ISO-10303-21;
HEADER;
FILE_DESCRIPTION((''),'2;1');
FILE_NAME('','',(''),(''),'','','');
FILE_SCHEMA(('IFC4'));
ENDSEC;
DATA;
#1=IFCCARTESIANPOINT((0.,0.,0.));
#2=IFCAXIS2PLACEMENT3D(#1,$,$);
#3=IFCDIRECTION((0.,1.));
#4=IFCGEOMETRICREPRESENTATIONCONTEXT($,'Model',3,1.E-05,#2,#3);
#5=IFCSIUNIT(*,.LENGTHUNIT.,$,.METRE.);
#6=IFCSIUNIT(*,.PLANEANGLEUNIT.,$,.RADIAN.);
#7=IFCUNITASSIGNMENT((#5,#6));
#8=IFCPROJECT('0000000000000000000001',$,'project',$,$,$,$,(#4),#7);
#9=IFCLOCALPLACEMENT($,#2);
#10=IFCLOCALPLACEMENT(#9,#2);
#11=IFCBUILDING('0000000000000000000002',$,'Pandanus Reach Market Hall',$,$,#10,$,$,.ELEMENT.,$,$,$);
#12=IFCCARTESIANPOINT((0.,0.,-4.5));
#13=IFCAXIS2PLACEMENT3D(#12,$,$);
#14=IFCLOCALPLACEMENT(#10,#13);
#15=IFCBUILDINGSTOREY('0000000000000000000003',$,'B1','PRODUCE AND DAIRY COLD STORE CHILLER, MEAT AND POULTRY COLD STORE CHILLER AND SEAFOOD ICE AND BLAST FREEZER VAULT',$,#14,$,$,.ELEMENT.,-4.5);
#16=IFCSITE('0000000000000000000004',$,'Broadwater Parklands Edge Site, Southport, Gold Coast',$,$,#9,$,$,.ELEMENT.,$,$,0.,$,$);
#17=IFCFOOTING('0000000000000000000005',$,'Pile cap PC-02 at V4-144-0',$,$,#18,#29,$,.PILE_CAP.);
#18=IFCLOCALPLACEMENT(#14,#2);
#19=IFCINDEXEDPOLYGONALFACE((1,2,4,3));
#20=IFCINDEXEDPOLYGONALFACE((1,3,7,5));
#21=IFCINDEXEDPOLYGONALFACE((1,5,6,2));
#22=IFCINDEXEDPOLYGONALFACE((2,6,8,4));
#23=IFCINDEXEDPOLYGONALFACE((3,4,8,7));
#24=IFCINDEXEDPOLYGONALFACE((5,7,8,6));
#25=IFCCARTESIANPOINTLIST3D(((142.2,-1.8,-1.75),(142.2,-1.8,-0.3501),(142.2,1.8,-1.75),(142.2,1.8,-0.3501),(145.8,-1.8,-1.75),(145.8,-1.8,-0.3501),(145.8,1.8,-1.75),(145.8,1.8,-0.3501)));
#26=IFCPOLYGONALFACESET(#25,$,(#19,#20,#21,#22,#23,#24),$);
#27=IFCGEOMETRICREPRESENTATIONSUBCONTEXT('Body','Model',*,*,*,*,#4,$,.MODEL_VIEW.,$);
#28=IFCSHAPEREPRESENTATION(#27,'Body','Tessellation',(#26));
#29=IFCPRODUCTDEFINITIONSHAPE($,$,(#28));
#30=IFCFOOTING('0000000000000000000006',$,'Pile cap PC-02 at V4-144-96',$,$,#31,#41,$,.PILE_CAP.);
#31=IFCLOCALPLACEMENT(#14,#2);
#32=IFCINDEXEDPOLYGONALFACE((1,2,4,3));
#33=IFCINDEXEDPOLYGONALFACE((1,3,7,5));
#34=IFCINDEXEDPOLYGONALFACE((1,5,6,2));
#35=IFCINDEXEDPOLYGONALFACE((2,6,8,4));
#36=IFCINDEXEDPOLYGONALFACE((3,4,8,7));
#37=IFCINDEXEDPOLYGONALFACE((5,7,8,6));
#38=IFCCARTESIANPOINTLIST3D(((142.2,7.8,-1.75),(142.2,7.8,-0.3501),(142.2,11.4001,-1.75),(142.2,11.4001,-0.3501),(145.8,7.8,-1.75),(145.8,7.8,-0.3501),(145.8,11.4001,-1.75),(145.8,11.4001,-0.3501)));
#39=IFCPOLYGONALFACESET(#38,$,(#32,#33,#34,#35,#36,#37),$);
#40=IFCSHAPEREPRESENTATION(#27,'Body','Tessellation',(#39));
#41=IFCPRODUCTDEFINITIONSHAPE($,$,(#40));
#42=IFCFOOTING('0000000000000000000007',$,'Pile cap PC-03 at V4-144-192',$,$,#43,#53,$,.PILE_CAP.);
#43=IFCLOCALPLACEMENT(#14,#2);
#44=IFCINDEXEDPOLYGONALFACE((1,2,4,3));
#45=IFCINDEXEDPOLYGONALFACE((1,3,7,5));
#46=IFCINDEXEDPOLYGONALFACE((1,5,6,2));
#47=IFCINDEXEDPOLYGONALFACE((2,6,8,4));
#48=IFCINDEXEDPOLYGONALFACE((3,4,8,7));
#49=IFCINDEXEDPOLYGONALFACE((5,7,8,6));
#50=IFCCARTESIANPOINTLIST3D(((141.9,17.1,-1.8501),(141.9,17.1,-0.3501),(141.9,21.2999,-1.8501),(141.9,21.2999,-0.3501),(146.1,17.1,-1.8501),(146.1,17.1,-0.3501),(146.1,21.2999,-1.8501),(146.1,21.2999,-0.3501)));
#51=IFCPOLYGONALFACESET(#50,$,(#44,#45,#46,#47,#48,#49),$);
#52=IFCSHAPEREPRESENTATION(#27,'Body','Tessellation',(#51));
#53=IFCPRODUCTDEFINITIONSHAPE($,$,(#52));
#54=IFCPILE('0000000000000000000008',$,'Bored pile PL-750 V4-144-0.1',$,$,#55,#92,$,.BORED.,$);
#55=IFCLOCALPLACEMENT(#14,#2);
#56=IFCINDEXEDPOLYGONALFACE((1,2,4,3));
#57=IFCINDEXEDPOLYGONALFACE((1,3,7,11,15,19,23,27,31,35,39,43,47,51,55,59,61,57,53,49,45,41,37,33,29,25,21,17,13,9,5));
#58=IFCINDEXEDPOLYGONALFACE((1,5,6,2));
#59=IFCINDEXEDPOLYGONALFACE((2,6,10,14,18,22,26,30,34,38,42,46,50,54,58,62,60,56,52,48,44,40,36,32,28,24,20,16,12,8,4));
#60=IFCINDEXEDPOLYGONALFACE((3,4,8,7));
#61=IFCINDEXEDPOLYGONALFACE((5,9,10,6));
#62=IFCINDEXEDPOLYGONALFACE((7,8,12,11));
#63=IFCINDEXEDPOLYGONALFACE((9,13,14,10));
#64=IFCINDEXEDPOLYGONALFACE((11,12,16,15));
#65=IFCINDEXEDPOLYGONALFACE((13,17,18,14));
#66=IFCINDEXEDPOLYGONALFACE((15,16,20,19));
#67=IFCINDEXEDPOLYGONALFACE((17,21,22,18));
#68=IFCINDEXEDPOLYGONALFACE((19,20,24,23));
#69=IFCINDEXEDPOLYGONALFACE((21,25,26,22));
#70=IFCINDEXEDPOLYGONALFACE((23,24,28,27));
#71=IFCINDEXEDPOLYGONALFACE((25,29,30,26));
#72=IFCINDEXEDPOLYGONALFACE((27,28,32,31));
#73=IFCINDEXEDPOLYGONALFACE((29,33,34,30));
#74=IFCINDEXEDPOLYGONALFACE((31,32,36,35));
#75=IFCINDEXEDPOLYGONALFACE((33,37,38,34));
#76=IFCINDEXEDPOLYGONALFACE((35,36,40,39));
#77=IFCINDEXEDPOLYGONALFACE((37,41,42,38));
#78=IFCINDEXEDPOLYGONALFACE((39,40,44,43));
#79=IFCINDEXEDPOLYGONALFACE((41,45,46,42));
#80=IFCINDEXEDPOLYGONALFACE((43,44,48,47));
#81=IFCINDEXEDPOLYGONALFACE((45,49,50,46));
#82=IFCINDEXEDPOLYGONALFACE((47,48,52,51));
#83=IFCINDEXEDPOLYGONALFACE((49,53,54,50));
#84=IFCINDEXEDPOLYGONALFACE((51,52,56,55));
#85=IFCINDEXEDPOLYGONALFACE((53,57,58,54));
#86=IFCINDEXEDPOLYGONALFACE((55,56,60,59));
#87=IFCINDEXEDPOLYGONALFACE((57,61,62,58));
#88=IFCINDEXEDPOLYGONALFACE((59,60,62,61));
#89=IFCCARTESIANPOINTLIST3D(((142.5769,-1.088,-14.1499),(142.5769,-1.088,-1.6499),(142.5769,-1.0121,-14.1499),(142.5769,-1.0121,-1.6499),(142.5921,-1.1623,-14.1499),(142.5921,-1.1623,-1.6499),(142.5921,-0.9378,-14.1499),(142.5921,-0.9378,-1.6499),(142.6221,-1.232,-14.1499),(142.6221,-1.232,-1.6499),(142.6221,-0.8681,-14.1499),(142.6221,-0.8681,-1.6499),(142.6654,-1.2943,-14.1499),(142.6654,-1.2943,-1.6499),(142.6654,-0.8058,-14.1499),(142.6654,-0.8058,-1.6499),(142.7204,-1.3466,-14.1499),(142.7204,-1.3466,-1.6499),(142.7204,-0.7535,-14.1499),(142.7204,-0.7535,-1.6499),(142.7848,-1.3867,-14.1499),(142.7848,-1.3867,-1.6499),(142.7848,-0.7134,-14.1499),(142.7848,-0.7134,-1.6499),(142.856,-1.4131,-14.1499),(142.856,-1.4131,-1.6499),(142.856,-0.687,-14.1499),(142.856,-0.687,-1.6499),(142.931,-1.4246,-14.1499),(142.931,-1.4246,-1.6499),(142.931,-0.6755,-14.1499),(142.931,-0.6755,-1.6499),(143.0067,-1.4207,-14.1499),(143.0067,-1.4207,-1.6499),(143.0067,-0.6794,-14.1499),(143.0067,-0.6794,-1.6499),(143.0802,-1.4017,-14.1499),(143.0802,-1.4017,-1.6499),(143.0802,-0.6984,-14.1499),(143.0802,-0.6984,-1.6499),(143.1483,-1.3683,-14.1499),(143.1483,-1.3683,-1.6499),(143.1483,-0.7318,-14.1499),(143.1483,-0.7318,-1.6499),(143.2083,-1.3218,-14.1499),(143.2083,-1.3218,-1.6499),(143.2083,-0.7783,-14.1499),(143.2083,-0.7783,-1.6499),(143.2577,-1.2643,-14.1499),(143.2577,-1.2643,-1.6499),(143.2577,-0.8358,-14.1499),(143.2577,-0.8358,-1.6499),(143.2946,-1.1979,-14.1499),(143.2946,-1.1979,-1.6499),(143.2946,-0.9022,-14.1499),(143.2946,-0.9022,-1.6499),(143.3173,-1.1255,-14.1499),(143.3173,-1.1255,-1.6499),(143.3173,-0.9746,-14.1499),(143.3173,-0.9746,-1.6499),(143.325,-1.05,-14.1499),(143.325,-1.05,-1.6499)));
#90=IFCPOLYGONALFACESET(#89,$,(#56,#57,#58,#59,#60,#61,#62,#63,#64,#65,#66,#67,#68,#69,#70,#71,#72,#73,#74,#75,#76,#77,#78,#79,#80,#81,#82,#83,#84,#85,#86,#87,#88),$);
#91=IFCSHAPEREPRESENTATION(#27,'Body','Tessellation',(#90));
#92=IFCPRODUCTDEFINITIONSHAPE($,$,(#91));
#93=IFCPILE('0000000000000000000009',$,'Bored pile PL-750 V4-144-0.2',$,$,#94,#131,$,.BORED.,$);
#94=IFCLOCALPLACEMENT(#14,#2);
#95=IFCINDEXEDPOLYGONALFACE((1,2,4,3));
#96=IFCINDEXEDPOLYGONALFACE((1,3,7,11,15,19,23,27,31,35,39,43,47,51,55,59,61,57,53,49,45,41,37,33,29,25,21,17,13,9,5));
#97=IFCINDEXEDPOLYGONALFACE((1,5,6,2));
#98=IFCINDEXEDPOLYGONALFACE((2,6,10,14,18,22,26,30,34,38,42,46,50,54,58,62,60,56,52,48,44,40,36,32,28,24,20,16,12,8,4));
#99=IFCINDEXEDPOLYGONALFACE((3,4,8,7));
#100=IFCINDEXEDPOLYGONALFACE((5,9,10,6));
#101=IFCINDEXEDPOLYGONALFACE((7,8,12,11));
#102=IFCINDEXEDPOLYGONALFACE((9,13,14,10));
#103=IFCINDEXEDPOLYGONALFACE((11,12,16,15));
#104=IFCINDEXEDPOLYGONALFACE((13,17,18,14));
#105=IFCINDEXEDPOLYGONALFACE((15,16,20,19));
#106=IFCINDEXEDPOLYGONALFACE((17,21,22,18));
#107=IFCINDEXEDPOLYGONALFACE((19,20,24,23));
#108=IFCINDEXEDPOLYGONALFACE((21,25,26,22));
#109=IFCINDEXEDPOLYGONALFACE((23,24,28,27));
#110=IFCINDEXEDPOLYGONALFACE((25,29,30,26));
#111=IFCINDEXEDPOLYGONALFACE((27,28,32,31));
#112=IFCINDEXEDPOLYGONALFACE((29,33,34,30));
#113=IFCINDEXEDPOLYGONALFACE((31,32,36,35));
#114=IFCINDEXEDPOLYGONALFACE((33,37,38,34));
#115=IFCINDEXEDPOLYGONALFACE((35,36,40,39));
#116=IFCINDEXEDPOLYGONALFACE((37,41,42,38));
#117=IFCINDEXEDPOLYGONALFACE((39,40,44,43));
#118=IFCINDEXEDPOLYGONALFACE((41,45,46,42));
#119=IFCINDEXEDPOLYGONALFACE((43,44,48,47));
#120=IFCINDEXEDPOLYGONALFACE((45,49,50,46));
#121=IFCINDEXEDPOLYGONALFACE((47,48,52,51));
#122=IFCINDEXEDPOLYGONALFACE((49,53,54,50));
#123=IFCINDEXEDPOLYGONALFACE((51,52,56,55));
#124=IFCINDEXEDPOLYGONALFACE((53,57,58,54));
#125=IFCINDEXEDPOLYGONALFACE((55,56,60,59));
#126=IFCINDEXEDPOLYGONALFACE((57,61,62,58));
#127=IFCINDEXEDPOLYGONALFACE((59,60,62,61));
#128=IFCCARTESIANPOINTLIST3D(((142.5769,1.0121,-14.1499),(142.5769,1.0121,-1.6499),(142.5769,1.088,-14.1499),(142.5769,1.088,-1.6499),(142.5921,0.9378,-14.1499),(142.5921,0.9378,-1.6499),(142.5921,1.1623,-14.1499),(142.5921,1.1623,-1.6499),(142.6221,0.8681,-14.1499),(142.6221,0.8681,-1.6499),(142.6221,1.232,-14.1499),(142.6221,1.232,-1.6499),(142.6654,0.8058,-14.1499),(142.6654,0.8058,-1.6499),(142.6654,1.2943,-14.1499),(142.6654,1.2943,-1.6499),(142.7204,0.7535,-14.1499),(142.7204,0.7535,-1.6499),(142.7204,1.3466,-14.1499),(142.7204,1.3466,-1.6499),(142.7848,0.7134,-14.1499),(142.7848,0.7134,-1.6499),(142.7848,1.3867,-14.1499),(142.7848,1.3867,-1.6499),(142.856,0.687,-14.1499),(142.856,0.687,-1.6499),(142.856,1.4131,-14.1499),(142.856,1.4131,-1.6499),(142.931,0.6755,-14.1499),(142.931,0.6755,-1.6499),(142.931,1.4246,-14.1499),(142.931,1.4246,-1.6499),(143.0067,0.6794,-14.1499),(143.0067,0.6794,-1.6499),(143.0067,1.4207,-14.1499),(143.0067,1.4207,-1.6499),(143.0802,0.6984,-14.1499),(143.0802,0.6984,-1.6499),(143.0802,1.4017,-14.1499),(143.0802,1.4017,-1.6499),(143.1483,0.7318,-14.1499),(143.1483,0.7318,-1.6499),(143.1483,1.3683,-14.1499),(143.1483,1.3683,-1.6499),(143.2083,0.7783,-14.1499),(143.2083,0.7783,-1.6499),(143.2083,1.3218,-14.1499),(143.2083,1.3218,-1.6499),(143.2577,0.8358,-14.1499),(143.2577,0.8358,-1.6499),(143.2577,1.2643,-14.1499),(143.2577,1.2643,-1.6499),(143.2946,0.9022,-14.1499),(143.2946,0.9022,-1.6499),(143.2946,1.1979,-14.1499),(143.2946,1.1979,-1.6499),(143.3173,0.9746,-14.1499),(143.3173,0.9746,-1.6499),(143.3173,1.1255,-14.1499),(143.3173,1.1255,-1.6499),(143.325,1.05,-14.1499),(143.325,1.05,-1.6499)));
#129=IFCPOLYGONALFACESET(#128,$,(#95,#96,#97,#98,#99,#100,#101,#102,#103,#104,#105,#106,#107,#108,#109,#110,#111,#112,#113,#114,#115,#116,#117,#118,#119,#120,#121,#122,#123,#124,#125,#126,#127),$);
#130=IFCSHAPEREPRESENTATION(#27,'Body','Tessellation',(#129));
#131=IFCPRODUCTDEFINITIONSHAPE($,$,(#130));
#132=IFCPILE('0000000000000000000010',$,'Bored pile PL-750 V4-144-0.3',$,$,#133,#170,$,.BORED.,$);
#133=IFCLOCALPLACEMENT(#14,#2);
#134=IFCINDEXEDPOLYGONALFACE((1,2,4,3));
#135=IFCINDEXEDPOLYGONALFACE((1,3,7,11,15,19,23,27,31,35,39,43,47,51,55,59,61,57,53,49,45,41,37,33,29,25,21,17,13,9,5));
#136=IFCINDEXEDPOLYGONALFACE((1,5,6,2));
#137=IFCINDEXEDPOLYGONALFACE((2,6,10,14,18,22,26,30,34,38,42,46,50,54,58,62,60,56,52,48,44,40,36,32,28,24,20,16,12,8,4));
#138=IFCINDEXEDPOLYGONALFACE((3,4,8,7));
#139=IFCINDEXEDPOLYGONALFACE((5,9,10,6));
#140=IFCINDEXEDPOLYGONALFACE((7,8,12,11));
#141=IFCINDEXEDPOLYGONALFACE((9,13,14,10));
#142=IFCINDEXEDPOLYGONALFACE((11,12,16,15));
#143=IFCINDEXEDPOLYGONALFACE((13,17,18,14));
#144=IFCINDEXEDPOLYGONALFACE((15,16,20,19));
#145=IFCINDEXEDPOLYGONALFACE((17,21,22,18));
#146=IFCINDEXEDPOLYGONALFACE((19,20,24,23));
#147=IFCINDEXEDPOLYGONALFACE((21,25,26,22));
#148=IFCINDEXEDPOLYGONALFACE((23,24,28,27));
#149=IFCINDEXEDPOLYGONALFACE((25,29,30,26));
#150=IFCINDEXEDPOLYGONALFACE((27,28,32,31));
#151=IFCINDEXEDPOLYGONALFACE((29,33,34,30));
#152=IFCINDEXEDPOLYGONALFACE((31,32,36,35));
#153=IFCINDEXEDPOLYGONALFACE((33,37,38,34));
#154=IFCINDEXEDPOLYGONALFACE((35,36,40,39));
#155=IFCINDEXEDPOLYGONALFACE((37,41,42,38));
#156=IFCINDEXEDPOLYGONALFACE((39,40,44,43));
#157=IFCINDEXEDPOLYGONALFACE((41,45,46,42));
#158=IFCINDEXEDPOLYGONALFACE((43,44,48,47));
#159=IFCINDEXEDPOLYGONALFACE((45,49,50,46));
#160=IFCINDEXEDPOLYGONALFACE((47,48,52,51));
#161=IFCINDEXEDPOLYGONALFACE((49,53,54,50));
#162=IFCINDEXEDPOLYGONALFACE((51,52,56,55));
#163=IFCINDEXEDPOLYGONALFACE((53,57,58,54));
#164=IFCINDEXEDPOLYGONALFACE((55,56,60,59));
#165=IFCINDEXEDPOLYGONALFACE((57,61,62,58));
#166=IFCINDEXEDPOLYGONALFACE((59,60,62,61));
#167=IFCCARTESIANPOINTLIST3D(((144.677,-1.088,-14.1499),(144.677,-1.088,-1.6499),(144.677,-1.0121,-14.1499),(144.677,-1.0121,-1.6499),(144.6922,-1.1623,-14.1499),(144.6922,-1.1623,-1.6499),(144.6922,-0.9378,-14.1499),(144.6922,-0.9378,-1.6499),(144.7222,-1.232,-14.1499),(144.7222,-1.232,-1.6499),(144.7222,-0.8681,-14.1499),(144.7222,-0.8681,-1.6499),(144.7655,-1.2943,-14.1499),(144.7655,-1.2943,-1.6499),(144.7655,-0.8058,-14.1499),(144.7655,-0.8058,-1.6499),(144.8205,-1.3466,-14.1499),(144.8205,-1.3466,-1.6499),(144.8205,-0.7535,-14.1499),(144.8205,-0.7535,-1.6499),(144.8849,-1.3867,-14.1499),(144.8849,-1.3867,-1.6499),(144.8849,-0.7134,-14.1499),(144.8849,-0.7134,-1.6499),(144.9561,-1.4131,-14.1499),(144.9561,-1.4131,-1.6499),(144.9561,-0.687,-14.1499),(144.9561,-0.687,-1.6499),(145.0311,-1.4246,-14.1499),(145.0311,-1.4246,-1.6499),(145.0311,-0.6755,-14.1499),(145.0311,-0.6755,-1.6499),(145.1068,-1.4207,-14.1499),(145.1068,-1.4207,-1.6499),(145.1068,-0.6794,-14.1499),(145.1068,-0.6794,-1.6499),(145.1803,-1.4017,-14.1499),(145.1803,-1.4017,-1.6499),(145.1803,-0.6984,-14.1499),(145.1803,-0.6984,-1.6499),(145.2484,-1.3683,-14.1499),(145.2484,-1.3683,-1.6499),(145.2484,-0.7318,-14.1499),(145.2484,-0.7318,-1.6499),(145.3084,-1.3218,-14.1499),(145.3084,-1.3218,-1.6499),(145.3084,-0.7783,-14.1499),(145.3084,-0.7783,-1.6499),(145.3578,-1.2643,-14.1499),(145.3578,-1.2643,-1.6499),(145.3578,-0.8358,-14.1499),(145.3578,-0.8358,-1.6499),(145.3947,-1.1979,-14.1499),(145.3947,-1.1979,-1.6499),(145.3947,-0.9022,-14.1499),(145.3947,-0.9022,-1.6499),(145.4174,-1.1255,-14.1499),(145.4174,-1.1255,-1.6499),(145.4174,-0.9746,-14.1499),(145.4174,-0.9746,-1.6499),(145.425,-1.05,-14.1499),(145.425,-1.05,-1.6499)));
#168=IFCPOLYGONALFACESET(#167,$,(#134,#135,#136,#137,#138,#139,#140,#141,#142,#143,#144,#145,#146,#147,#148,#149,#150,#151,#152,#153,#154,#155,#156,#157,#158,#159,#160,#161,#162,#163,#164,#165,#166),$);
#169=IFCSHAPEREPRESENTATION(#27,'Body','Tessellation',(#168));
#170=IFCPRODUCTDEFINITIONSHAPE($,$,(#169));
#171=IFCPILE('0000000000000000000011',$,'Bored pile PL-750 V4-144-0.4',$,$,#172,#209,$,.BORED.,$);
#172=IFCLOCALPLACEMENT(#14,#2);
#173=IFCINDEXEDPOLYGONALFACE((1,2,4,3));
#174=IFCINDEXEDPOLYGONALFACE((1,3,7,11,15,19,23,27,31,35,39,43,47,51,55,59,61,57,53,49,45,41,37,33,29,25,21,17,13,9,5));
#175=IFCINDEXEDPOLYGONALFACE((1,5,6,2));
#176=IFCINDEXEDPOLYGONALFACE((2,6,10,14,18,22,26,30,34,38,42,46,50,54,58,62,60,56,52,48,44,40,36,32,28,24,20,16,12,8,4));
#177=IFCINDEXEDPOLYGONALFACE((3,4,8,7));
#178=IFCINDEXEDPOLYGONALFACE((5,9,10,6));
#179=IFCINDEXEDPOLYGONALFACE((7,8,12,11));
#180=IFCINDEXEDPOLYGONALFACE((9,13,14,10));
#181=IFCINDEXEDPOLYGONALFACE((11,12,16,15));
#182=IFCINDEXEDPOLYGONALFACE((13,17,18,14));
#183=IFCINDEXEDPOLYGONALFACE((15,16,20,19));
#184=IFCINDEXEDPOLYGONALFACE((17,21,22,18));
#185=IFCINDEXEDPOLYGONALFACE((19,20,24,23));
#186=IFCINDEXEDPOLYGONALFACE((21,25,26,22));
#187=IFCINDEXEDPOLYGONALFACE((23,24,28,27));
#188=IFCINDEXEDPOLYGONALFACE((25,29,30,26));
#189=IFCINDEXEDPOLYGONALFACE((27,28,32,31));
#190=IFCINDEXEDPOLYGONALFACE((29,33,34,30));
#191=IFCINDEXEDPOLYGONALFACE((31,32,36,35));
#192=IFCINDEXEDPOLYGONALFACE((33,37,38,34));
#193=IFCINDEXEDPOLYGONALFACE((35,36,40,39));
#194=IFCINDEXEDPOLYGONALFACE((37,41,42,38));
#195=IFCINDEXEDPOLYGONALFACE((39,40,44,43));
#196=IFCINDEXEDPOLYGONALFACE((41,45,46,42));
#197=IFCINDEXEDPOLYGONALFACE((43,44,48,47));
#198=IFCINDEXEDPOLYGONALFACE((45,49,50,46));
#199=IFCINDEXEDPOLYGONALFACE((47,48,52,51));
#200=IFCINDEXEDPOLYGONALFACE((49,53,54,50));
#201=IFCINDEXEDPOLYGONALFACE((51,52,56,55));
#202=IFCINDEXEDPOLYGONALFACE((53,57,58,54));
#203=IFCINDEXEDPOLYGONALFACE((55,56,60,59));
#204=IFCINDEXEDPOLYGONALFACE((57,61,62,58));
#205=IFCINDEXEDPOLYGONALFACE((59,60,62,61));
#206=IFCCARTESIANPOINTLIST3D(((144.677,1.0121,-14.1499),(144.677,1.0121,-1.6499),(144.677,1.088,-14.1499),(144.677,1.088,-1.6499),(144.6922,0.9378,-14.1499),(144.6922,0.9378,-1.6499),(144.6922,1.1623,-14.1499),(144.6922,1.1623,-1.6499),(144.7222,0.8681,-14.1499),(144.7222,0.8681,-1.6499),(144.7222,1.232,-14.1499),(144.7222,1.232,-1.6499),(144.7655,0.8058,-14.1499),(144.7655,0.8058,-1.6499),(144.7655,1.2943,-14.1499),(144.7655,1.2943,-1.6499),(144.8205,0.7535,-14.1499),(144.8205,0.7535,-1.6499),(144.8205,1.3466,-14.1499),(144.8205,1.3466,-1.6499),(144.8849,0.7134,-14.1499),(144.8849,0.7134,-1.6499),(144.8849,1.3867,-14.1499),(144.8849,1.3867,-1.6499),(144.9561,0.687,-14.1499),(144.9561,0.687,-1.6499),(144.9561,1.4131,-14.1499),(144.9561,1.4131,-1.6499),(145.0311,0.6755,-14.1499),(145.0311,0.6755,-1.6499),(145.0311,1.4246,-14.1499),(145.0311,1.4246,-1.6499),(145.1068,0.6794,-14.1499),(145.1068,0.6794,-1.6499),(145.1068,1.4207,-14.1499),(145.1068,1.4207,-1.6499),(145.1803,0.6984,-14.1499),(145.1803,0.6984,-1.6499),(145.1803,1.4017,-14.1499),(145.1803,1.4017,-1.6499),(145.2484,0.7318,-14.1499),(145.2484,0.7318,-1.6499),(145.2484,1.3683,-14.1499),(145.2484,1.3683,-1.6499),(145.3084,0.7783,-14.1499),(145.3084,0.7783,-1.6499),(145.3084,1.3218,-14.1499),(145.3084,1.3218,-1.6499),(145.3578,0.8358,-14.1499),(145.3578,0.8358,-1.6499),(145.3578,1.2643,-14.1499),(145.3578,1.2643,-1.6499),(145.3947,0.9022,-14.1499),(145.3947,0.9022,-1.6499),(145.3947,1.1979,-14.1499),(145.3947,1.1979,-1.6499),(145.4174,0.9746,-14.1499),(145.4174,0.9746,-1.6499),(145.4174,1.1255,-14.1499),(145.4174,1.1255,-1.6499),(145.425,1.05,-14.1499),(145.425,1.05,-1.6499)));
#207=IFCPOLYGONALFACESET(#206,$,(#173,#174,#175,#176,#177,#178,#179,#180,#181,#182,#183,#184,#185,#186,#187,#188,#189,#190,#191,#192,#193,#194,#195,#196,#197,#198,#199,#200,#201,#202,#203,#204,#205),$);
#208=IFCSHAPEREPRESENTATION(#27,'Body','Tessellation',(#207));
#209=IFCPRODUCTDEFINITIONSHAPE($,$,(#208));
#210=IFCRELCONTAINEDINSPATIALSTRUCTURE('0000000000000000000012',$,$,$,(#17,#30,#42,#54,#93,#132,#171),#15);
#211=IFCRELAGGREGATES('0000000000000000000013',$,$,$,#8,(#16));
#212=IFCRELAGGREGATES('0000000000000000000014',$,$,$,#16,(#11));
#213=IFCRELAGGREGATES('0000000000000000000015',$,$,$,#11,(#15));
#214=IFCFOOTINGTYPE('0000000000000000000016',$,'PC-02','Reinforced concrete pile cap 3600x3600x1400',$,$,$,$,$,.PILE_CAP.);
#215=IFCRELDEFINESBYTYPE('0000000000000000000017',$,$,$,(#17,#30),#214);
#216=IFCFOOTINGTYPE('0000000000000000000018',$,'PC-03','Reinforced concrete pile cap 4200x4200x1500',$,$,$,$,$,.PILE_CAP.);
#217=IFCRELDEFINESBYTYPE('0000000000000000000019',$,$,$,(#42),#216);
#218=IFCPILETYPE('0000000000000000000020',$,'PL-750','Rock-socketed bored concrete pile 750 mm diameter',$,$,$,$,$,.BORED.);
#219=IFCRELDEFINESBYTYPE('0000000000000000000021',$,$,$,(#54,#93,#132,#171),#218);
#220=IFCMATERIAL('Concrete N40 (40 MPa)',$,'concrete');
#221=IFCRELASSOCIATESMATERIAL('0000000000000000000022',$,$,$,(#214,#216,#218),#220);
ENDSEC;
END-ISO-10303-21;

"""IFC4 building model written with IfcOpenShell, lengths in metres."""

from ifc_helpers import new_model, si_unit, direction, frame, origin, origin_2d, place, context, subcontext, project, spatial, rectangle, circle, extrude, material, material_profile, profile_set, type_object, element, save


model = new_model("IFC4")

# Units and contexts
model_context = context("Model", 3, precision=1e-05, world=origin(), true_north=direction((0.0, 1.0)))
body_context = subcontext(model_context, "Body", "Model", "MODEL_VIEW")
ifc_project = project(units=[si_unit("LENGTHUNIT", "METRE"), si_unit("PLANEANGLEUNIT", "RADIAN")], contexts=[model_context])

# Site, building, storey
site_placement = place(None, origin())
site = spatial("IfcSite", under=ifc_project, at=site_placement, Name="Broadwater Parklands Edge Site, Southport, Gold Coast", CompositionType="ELEMENT", RefElevation=0.0)
building_placement = place(site_placement, origin())
building = spatial("IfcBuilding", under=site, at=building_placement, Name="Pandanus Reach Market Hall", CompositionType="ELEMENT")
storey_placement = place(building_placement, frame((0.0, 0.0, -4.5)))
storey = spatial("IfcBuildingStorey", under=building, at=storey_placement, Name="B1", Description="PRODUCE AND DAIRY COLD STORE CHILLER, MEAT AND POULTRY COLD STORE CHILLER AND SEAFOOD ICE AND BLAST FREEZER VAULT", CompositionType="ELEMENT", Elevation=-4.5)

# Footings
ifc_material_1 = material(Name="Concrete N40 (40 MPa)", Category="concrete")
footing_type_1 = type_object("IfcFootingType", Name="PC-02", Description="Reinforced concrete pile cap 3600x3600x1400", PredefinedType="PILE_CAP", material=ifc_material_1)
for number, where, z_axis, x_axis, name in (
    (1, (144.0, 0.0, -1.75), (0.0, 0.0, 1.0), (1.0, 0.0, 0.0), "Pile cap PC-02 at V4-144-0"),
    (2, (144.0, 9.6001, -1.75), (0.0, 0.0, 1.0), (1.0, 0.0, 0.0), "Pile cap PC-02 at V4-144-96"),
):
    element("IfcFooting", number, at=place(storey_placement, frame(where, z_axis=z_axis, x_axis=x_axis)), inside=storey, type_object=footing_type_1, Name=name, PredefinedType="PILE_CAP", context=body_context, shape_type="SweptSolid", body=[
        extrude(rectangle(XDim=3.6001, YDim=3.6001, at=origin_2d()), origin(), (0.0, 0.0, 1.0), 1.3999),
    ])
footing_type_2 = type_object("IfcFootingType", Name="PC-03", Description="Reinforced concrete pile cap 4200x4200x1500", PredefinedType="PILE_CAP", material=ifc_material_1)
footing_1_placement = place(storey_placement, frame((144.0, 19.2, -1.8501), z_axis=(0.0, 0.0, 1.0), x_axis=(1.0, 0.0, 0.0)))
element("IfcFooting", 3, at=footing_1_placement, inside=storey, type_object=footing_type_2, Name="Pile cap PC-03 at V4-144-192", PredefinedType="PILE_CAP", context=body_context, shape_type="SweptSolid", body=[
    extrude(rectangle(XDim=4.2, YDim=4.2, at=origin_2d()), origin(), (0.0, 0.0, 1.0), 1.5),
])

# Piles
ifc_material_profile_1 = material_profile(ifc_material_1, circle(Radius=0.375, at=origin_2d()), Name="PILE-750D", Category="LoadBearing")
ifc_profile_set_1 = profile_set([ifc_material_profile_1], Name="Concrete N40 (40 MPa)")
pile_type_1 = type_object("IfcPileType", Name="PL-750", Description="Rock-socketed bored concrete pile 750 mm diameter", PredefinedType="BORED", material=ifc_profile_set_1)
for number, where, z_axis, x_axis, name in (
    (4, (142.95, -1.05, -1.6499), (0.0, 0.0, -1.0), (1.0, 0.0, 0.0), "Bored pile PL-750 V4-144-0.1"),
    (5, (142.95, 1.05, -1.6499), (0.0, 0.0, -1.0), (1.0, 0.0, 0.0), "Bored pile PL-750 V4-144-0.2"),
    (6, (145.05, -1.05, -1.6499), (0.0, 0.0, -1.0), (1.0, 0.0, 0.0), "Bored pile PL-750 V4-144-0.3"),
    (7, (145.05, 1.05, -1.6499), (0.0, 0.0, -1.0), (1.0, 0.0, 0.0), "Bored pile PL-750 V4-144-0.4"),
):
    element("IfcPile", number, at=place(storey_placement, frame(where, z_axis=z_axis, x_axis=x_axis)), inside=storey, type_object=pile_type_1, Name=name, PredefinedType="BORED", context=body_context, shape_type="SweptSolid", body=[
        extrude(circle(Radius=0.375, at=origin_2d()), origin(), (0.0, 0.0, 1.0), 12.5),
    ])

save(model, "model.ifc")
